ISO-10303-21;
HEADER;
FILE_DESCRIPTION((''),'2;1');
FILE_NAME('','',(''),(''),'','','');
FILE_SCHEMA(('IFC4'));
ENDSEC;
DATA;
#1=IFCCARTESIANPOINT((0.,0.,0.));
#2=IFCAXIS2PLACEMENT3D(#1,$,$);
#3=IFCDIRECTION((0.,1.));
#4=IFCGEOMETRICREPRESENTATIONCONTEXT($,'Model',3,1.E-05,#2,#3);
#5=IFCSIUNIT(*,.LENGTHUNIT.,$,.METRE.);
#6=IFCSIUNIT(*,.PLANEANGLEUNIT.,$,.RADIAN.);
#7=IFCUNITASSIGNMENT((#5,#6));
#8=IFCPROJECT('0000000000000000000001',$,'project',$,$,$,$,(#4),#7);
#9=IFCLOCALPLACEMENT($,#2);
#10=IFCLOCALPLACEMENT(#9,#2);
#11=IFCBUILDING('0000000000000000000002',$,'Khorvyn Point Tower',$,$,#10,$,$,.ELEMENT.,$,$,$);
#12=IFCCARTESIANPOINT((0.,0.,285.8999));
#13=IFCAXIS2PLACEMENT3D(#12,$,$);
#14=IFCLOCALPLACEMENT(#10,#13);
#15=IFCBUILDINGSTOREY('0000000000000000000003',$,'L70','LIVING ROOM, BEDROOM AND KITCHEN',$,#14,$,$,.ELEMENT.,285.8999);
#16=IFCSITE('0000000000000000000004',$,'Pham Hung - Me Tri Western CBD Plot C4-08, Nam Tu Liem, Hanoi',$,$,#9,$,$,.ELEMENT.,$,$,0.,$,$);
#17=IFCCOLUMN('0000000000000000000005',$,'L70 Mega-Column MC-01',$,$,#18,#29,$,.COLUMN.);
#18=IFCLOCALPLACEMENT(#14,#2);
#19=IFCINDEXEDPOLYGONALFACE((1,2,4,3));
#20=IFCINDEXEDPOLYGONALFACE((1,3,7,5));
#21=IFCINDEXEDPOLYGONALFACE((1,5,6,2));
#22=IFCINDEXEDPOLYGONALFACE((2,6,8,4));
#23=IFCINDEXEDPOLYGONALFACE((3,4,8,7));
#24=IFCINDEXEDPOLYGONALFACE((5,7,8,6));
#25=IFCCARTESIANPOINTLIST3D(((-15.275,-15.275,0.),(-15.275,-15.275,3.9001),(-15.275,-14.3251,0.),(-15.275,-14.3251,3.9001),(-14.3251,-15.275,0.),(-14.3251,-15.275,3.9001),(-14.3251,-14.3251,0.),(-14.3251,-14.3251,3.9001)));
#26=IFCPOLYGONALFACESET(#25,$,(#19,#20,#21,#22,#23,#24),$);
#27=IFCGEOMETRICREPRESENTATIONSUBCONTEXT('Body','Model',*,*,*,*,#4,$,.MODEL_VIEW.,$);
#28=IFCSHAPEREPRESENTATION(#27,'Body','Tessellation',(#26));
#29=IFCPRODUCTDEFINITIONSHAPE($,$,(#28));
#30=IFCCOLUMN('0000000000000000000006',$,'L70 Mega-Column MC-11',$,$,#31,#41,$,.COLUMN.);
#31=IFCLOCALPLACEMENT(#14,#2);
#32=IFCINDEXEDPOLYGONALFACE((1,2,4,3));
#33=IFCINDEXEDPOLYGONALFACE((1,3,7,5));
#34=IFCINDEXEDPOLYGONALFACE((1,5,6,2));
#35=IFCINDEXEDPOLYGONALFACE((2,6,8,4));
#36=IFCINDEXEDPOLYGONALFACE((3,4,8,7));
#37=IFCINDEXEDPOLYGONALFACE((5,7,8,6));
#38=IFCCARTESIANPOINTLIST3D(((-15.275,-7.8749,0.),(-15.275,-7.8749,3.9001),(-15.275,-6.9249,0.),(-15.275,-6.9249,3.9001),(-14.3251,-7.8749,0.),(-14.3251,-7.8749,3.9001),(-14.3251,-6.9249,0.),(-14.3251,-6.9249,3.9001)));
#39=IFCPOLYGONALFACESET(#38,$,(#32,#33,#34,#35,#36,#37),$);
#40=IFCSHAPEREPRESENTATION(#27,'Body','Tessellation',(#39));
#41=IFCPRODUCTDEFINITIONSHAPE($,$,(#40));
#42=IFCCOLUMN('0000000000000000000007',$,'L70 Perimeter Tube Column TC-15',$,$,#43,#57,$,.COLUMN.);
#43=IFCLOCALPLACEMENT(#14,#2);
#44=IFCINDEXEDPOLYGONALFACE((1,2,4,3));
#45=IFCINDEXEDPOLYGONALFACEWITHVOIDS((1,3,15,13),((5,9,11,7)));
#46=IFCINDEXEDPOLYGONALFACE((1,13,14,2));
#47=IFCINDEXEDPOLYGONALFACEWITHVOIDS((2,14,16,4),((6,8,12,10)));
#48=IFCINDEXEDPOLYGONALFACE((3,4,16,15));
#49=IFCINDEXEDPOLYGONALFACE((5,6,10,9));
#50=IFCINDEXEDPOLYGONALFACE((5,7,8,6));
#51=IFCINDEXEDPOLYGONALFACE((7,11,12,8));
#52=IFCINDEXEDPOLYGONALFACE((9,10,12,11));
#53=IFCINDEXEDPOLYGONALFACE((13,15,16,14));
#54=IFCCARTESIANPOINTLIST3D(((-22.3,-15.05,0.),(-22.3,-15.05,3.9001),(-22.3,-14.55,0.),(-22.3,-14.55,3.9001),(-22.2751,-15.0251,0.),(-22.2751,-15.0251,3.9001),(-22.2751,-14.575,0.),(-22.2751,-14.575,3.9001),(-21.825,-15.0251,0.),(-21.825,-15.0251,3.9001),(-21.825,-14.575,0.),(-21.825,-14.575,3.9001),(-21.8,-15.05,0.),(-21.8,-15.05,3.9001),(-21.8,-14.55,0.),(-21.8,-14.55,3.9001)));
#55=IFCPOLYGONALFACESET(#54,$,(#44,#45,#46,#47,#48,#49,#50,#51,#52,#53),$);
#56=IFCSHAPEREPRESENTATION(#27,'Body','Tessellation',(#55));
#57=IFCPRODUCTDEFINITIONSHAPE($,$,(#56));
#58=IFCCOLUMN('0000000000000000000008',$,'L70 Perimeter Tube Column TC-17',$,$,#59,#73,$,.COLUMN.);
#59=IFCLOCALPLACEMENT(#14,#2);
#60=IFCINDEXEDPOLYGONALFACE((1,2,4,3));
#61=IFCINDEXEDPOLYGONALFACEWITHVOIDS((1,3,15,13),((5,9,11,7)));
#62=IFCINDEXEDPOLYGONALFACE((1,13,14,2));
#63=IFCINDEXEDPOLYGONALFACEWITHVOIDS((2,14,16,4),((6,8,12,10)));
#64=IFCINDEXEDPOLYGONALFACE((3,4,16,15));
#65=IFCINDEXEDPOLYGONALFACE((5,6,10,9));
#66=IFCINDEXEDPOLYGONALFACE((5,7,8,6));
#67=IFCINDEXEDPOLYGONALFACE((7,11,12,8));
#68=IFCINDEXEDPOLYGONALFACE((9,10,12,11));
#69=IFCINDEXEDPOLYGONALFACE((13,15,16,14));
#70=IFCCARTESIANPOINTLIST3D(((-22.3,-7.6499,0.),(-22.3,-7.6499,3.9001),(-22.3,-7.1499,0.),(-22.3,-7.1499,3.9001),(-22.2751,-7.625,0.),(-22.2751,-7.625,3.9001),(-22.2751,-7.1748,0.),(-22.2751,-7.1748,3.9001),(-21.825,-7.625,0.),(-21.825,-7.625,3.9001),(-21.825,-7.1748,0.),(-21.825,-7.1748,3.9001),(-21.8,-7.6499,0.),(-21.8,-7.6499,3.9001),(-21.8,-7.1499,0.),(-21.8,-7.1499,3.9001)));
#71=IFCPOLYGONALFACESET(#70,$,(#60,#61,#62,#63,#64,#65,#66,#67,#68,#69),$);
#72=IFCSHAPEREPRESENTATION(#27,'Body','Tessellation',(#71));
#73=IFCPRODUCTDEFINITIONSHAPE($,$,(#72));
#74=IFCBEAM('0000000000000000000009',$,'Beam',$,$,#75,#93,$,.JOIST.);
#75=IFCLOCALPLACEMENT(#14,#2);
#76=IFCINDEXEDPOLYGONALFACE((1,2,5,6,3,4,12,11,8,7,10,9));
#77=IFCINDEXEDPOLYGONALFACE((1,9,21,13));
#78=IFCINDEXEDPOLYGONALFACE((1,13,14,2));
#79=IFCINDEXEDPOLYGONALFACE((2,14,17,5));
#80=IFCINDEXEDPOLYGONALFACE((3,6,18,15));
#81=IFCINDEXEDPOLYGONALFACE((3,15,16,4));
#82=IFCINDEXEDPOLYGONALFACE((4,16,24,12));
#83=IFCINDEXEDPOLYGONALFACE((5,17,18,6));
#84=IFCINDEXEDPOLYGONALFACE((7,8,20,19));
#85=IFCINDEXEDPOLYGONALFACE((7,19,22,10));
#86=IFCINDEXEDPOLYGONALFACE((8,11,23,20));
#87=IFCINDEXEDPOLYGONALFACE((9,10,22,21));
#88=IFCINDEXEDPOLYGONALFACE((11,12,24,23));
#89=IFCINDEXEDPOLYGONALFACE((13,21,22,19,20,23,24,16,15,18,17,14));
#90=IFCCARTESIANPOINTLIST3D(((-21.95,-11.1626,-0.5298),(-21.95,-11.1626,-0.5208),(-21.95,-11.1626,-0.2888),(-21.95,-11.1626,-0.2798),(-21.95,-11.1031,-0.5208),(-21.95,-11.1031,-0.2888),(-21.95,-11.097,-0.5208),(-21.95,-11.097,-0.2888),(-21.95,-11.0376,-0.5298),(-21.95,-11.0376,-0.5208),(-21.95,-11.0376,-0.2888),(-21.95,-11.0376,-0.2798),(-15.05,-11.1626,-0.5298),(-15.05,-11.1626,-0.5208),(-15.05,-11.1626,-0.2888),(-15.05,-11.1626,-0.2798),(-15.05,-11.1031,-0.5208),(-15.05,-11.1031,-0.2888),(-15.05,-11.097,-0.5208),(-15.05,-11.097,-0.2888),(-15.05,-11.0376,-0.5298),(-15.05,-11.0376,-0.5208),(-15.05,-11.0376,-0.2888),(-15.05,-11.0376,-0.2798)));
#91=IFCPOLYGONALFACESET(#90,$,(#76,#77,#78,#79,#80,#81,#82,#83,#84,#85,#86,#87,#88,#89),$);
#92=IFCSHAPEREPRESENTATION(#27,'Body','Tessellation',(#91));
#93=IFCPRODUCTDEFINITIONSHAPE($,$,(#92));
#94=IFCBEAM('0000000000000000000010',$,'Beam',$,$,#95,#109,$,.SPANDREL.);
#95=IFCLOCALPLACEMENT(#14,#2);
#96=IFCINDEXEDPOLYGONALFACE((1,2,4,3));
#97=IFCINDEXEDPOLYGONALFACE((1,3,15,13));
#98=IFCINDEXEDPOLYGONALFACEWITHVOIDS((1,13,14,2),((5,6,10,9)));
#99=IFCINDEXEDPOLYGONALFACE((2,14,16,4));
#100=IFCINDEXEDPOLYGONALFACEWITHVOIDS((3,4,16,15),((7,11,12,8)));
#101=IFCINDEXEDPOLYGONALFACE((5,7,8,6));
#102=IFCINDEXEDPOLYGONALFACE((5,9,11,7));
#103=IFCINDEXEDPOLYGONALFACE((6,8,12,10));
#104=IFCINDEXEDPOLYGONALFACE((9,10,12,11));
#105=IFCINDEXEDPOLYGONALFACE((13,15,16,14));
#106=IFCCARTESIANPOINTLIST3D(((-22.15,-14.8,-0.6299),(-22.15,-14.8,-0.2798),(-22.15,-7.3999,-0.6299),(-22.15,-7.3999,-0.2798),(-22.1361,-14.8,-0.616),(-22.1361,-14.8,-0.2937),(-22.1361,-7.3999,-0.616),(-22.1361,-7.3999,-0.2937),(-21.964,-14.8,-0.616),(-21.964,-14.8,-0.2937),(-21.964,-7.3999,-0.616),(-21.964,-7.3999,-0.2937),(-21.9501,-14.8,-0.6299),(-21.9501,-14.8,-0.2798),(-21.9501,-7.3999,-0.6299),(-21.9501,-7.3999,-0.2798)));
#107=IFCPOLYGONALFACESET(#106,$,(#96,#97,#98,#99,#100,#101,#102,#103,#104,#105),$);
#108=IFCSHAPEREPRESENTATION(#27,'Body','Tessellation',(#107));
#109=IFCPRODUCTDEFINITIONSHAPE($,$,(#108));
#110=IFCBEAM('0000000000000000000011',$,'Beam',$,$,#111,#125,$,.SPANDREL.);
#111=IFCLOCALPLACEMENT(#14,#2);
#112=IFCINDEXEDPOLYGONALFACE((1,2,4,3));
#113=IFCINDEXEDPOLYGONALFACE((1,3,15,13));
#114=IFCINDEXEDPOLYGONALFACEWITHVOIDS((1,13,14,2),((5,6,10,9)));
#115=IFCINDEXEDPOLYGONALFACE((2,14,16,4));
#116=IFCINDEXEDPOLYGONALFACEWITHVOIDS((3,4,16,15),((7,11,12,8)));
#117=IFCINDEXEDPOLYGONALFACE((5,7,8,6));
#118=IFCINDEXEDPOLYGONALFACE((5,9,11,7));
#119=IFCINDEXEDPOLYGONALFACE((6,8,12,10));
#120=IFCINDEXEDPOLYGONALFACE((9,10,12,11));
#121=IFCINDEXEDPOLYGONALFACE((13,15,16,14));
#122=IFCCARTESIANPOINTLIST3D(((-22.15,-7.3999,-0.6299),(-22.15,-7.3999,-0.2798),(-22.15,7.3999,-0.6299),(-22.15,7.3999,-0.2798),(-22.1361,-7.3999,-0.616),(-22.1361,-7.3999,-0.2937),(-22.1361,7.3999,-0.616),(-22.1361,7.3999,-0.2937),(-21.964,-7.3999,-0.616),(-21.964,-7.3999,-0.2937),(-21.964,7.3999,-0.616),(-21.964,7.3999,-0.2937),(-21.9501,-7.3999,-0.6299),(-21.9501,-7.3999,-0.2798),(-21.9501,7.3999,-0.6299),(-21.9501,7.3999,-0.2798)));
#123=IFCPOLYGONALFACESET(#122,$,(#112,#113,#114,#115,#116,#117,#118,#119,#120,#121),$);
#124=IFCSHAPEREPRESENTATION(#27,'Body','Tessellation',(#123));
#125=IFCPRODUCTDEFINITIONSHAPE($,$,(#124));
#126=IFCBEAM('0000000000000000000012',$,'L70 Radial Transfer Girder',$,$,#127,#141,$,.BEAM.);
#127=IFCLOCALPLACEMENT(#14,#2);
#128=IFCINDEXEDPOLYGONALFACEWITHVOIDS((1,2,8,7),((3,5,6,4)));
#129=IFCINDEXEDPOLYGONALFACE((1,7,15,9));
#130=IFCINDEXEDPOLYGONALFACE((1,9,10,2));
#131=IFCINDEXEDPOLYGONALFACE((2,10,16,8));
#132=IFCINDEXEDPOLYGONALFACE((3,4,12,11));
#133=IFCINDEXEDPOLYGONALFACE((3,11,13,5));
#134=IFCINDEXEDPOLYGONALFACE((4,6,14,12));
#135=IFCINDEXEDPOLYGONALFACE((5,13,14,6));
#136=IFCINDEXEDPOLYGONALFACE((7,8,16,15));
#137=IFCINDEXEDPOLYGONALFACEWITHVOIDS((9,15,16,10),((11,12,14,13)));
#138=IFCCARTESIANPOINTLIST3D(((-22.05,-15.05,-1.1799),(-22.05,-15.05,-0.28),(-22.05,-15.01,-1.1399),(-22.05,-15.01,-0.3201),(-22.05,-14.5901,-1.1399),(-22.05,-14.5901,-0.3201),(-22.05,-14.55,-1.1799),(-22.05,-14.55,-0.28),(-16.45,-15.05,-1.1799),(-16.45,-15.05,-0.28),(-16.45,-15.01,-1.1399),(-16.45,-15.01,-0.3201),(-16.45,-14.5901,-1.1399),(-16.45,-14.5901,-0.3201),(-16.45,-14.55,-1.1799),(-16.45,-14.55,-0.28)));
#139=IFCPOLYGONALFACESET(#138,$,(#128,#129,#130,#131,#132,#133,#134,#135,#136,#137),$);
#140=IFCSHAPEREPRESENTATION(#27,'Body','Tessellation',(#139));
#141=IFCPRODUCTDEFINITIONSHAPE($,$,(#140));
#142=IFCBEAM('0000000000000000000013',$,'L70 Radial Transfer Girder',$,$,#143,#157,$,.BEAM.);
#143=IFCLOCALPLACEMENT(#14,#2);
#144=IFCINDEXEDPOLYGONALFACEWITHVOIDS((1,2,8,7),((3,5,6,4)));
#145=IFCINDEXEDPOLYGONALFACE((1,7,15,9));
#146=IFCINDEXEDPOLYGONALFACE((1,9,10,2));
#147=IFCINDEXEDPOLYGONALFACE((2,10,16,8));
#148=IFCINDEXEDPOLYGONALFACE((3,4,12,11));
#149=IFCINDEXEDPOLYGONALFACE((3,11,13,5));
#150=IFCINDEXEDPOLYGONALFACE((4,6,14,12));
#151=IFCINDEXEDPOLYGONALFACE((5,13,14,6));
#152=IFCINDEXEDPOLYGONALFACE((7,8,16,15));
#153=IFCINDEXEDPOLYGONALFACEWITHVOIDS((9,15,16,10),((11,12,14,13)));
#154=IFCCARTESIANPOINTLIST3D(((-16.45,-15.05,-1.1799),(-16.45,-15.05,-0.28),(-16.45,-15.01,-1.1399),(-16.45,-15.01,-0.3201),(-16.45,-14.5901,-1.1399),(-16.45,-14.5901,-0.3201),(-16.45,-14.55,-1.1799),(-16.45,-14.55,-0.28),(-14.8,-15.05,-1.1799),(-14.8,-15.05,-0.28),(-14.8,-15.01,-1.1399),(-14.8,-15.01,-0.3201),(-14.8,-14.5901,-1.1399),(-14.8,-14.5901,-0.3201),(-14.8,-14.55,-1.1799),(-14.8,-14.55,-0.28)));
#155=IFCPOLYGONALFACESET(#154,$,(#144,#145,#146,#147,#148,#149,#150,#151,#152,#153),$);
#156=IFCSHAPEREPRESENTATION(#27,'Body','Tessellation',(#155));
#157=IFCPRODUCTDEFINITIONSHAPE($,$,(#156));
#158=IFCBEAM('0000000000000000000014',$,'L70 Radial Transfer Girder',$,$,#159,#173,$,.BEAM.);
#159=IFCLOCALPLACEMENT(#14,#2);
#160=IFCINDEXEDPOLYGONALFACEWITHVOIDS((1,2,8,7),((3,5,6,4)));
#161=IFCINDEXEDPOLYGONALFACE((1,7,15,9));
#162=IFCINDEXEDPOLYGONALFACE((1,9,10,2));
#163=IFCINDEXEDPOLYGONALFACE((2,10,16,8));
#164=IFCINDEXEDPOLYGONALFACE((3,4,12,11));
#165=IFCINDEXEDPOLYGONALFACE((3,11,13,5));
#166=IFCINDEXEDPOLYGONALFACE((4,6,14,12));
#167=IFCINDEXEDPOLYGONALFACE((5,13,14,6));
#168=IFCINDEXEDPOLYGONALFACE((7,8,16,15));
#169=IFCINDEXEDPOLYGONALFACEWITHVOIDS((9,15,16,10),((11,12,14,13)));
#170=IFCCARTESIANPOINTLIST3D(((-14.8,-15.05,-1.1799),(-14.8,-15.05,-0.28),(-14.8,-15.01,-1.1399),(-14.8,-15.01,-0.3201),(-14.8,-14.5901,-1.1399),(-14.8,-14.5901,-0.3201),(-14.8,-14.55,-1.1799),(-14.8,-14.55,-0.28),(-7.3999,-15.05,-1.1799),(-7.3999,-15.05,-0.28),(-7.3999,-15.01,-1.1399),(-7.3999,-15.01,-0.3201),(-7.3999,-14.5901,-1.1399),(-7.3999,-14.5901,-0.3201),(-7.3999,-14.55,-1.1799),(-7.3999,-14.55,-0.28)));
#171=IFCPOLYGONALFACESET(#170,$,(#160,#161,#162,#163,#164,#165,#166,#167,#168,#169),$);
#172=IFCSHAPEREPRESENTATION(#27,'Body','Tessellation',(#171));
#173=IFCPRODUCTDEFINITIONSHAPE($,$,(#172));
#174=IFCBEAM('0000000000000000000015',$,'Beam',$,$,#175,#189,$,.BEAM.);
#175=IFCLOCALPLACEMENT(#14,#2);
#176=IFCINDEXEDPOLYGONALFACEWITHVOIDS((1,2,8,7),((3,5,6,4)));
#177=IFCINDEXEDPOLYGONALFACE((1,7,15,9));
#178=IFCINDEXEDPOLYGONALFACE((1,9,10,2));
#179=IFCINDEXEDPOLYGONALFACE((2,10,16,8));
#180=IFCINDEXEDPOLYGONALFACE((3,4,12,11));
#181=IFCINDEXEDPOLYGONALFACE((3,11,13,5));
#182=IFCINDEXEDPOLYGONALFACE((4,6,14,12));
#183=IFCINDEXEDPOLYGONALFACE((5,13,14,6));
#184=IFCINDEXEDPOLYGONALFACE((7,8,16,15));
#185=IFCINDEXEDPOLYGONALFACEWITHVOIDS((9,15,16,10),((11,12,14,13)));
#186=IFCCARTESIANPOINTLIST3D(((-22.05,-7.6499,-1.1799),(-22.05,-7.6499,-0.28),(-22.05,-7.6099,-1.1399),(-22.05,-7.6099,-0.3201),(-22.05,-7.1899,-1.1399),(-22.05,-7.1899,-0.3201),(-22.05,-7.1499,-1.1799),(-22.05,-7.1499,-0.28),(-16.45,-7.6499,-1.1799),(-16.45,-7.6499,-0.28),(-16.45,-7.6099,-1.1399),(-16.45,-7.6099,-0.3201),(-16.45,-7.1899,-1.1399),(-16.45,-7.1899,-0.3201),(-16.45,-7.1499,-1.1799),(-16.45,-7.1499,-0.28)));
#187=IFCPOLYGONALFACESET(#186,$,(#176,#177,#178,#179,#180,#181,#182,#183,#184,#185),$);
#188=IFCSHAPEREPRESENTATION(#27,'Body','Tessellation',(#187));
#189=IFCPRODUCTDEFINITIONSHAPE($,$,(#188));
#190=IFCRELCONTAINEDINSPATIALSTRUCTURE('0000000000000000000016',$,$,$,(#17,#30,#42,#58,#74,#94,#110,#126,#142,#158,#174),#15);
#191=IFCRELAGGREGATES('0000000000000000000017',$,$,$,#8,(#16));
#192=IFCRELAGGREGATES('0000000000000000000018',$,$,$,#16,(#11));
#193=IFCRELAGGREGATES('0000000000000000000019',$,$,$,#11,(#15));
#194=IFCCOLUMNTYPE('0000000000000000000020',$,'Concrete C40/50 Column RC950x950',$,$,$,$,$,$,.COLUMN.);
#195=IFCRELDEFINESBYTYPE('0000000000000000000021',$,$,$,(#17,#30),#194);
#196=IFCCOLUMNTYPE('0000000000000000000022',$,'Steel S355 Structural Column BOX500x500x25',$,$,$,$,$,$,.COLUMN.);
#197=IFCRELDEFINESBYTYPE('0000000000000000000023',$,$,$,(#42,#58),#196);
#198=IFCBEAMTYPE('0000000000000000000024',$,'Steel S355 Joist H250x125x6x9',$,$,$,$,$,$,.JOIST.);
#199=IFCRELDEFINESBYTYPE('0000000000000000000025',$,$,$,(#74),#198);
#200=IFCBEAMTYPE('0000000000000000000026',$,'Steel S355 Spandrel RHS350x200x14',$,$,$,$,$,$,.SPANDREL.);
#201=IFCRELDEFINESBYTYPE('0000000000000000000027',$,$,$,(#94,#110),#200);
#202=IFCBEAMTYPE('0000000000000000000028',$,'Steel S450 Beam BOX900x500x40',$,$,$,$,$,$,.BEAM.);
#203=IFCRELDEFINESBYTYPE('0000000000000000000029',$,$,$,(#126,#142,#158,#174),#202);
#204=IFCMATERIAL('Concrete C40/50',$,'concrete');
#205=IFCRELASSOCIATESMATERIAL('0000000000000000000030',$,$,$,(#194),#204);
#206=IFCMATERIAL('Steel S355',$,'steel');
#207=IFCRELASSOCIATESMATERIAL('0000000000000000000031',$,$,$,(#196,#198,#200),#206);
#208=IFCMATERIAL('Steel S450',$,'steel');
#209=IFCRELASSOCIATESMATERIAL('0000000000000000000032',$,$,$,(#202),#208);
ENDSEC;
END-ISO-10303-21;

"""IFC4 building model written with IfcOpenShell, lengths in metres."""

from ifc_helpers import new_model, si_unit, direction, frame, origin, origin_2d, place, context, subcontext, project, spatial, rectangle, hollow_rectangle, i_section, extrude, material, material_profile, profile_set, type_object, element, save


model = new_model("IFC4")

# Units and contexts
model_context = context("Model", 3, precision=1e-05, world=origin(), true_north=direction((0.0, 1.0)))
body_context = subcontext(model_context, "Body", "Model", "MODEL_VIEW")
ifc_project = project(units=[si_unit("LENGTHUNIT", "METRE"), si_unit("PLANEANGLEUNIT", "RADIAN")], contexts=[model_context])

# Site, building, storey
site_placement = place(None, origin())
site = spatial("IfcSite", under=ifc_project, at=site_placement, Name="Pham Hung - Me Tri Western CBD Plot C4-08, Nam Tu Liem, Hanoi", CompositionType="ELEMENT", RefElevation=0.0)
building_placement = place(site_placement, origin())
building = spatial("IfcBuilding", under=site, at=building_placement, Name="Khorvyn Point Tower", CompositionType="ELEMENT")
storey_placement = place(building_placement, frame((0.0, 0.0, 285.8999)))
storey = spatial("IfcBuildingStorey", under=building, at=storey_placement, Name="L70", Description="LIVING ROOM, BEDROOM AND KITCHEN", CompositionType="ELEMENT", Elevation=285.8999)

# Columns
ifc_material_1 = material(Name="Concrete C40/50", Category="concrete")
ifc_material_profile_1 = material_profile(ifc_material_1, rectangle(XDim=0.95, YDim=0.95, at=origin_2d()))
ifc_profile_set_1 = profile_set([ifc_material_profile_1], Name="Concrete C40/50 RC950x950")
column_type_1 = type_object("IfcColumnType", Name="Concrete C40/50 Column RC950x950", PredefinedType="COLUMN", material=ifc_profile_set_1)
for number, where, z_axis, x_axis, name in (
    (1, (-14.8, -14.8, 0.0), (0.0, 0.0, 1.0), (1.0, 0.0, 0.0), "L70 Mega-Column MC-01"),
    (2, (-14.8, -7.3999, 0.0), (0.0, 0.0, 1.0), (1.0, 0.0, 0.0), "L70 Mega-Column MC-11"),
):
    element("IfcColumn", number, at=place(storey_placement, frame(where, z_axis=z_axis, x_axis=x_axis)), inside=storey, type_object=column_type_1, Name=name, PredefinedType="COLUMN", context=body_context, shape_type="SweptSolid", body=[
        extrude(rectangle(XDim=0.95, YDim=0.95, at=origin_2d()), origin(), (0.0, 0.0, 1.0), 3.9001),
    ])
ifc_material_2 = material(Name="Steel S355", Category="steel")
ifc_material_profile_2 = material_profile(ifc_material_2, hollow_rectangle(XDim=0.5, YDim=0.5, WallThickness=0.0249, at=origin_2d()))
ifc_profile_set_2 = profile_set([ifc_material_profile_2], Name="Steel S355 BOX500x500x25")
column_type_2 = type_object("IfcColumnType", Name="Steel S355 Structural Column BOX500x500x25", PredefinedType="COLUMN", material=ifc_profile_set_2)
for number, where, z_axis, x_axis, name in (
    (3, (-22.05, -14.8, 0.0), (0.0, 0.0, 1.0), (1.0, 0.0, 0.0), "L70 Perimeter Tube Column TC-15"),
    (4, (-22.05, -7.3999, 0.0), (0.0, 0.0, 1.0), (1.0, 0.0, 0.0), "L70 Perimeter Tube Column TC-17"),
):
    element("IfcColumn", number, at=place(storey_placement, frame(where, z_axis=z_axis, x_axis=x_axis)), inside=storey, type_object=column_type_2, Name=name, PredefinedType="COLUMN", context=body_context, shape_type="SweptSolid", body=[
        extrude(hollow_rectangle(XDim=0.5, YDim=0.5, WallThickness=0.0249, at=origin_2d()), origin(), (0.0, 0.0, 1.0), 3.9001),
    ])

# Beams
ifc_material_profile_3 = material_profile(ifc_material_2, i_section(OverallWidth=0.125, OverallDepth=0.25, WebThickness=0.0061, FlangeThickness=0.009, at=origin_2d()))
ifc_profile_set_3 = profile_set([ifc_material_profile_3], Name="Steel S355 H250x125x6x9")
beam_type_1 = type_object("IfcBeamType", Name="Steel S355 Joist H250x125x6x9", PredefinedType="JOIST", material=ifc_profile_set_3)
beam_1_placement = place(storey_placement, frame((-21.95, -11.1001, -0.4048), z_axis=(1.0, 0.0, 0.0), x_axis=(0.0, 1.0, 0.0)))
element("IfcBeam", 5, at=beam_1_placement, inside=storey, type_object=beam_type_1, Name="Beam", PredefinedType="JOIST", context=body_context, shape_type="SweptSolid", body=[
    extrude(i_section(OverallWidth=0.125, OverallDepth=0.25, WebThickness=0.0061, FlangeThickness=0.009, at=origin_2d()), origin(), (0.0, 0.0, 1.0), 6.8999),
])
ifc_material_profile_4 = material_profile(ifc_material_2, hollow_rectangle(XDim=0.2, YDim=0.3501, WallThickness=0.0139, at=origin_2d()))
ifc_profile_set_4 = profile_set([ifc_material_profile_4], Name="Steel S355 RHS350x200x14")
beam_type_2 = type_object("IfcBeamType", Name="Steel S355 Spandrel RHS350x200x14", PredefinedType="SPANDREL", material=ifc_profile_set_4)
beam_2_placement = place(storey_placement, frame((-22.05, -14.8, -0.4548), z_axis=(0.0, 1.0, 0.0), x_axis=(-1.0, 0.0, 0.0)))
element("IfcBeam", 6, at=beam_2_placement, inside=storey, type_object=beam_type_2, Name="Beam", PredefinedType="SPANDREL", context=body_context, shape_type="SweptSolid", body=[
    extrude(hollow_rectangle(XDim=0.2, YDim=0.3501, WallThickness=0.0139, at=origin_2d()), origin(), (0.0, 0.0, 1.0), 7.4001),
])
beam_3_placement = place(storey_placement, frame((-22.05, -7.3999, -0.4548), z_axis=(0.0, 1.0, 0.0), x_axis=(-1.0, 0.0, 0.0)))
element("IfcBeam", 7, at=beam_3_placement, inside=storey, type_object=beam_type_2, Name="Beam", PredefinedType="SPANDREL", context=body_context, shape_type="SweptSolid", body=[
    extrude(hollow_rectangle(XDim=0.2, YDim=0.3501, WallThickness=0.0139, at=origin_2d()), origin(), (0.0, 0.0, 1.0), 14.7998),
])
ifc_material_3 = material(Name="Steel S450", Category="steel")
ifc_material_profile_5 = material_profile(ifc_material_3, hollow_rectangle(XDim=0.5, YDim=0.8999, WallThickness=0.04, at=origin_2d()))
ifc_profile_set_5 = profile_set([ifc_material_profile_5], Name="Steel S450 BOX900x500x40")
beam_type_3 = type_object("IfcBeamType", Name="Steel S450 Beam BOX900x500x40", PredefinedType="BEAM", material=ifc_profile_set_5)
beam_4_placement = place(storey_placement, frame((-22.05, -14.8, -0.73), z_axis=(1.0, 0.0, 0.0), x_axis=(0.0, 1.0, 0.0)))
element("IfcBeam", 8, at=beam_4_placement, inside=storey, type_object=beam_type_3, Name="L70 Radial Transfer Girder", PredefinedType="BEAM", context=body_context, shape_type="SweptSolid", body=[
    extrude(hollow_rectangle(XDim=0.5, YDim=0.8999, WallThickness=0.04, at=origin_2d()), origin(), (0.0, 0.0, 1.0), 5.6001),
])
beam_5_placement = place(storey_placement, frame((-16.45, -14.8, -0.73), z_axis=(1.0, 0.0, 0.0), x_axis=(0.0, 1.0, 0.0)))
element("IfcBeam", 9, at=beam_5_placement, inside=storey, type_object=beam_type_3, Name="L70 Radial Transfer Girder", PredefinedType="BEAM", context=body_context, shape_type="SweptSolid", body=[
    extrude(hollow_rectangle(XDim=0.5, YDim=0.8999, WallThickness=0.04, at=origin_2d()), origin(), (0.0, 0.0, 1.0), 1.6499),
])
beam_6_placement = place(storey_placement, frame((-14.8, -14.8, -0.73), z_axis=(1.0, 0.0, 0.0), x_axis=(0.0, 1.0, 0.0)))
element("IfcBeam", 10, at=beam_6_placement, inside=storey, type_object=beam_type_3, Name="L70 Radial Transfer Girder", PredefinedType="BEAM", context=body_context, shape_type="SweptSolid", body=[
    extrude(hollow_rectangle(XDim=0.5, YDim=0.8999, WallThickness=0.04, at=origin_2d()), origin(), (0.0, 0.0, 1.0), 7.4001),
])
beam_7_placement = place(storey_placement, frame((-22.05, -7.3999, -0.73), z_axis=(1.0, 0.0, 0.0), x_axis=(0.0, 1.0, 0.0)))
element("IfcBeam", 11, at=beam_7_placement, inside=storey, type_object=beam_type_3, Name="Beam", PredefinedType="BEAM", context=body_context, shape_type="SweptSolid", body=[
    extrude(hollow_rectangle(XDim=0.5, YDim=0.8999, WallThickness=0.04, at=origin_2d()), origin(), (0.0, 0.0, 1.0), 5.6001),
])

save(model, "model.ifc")
